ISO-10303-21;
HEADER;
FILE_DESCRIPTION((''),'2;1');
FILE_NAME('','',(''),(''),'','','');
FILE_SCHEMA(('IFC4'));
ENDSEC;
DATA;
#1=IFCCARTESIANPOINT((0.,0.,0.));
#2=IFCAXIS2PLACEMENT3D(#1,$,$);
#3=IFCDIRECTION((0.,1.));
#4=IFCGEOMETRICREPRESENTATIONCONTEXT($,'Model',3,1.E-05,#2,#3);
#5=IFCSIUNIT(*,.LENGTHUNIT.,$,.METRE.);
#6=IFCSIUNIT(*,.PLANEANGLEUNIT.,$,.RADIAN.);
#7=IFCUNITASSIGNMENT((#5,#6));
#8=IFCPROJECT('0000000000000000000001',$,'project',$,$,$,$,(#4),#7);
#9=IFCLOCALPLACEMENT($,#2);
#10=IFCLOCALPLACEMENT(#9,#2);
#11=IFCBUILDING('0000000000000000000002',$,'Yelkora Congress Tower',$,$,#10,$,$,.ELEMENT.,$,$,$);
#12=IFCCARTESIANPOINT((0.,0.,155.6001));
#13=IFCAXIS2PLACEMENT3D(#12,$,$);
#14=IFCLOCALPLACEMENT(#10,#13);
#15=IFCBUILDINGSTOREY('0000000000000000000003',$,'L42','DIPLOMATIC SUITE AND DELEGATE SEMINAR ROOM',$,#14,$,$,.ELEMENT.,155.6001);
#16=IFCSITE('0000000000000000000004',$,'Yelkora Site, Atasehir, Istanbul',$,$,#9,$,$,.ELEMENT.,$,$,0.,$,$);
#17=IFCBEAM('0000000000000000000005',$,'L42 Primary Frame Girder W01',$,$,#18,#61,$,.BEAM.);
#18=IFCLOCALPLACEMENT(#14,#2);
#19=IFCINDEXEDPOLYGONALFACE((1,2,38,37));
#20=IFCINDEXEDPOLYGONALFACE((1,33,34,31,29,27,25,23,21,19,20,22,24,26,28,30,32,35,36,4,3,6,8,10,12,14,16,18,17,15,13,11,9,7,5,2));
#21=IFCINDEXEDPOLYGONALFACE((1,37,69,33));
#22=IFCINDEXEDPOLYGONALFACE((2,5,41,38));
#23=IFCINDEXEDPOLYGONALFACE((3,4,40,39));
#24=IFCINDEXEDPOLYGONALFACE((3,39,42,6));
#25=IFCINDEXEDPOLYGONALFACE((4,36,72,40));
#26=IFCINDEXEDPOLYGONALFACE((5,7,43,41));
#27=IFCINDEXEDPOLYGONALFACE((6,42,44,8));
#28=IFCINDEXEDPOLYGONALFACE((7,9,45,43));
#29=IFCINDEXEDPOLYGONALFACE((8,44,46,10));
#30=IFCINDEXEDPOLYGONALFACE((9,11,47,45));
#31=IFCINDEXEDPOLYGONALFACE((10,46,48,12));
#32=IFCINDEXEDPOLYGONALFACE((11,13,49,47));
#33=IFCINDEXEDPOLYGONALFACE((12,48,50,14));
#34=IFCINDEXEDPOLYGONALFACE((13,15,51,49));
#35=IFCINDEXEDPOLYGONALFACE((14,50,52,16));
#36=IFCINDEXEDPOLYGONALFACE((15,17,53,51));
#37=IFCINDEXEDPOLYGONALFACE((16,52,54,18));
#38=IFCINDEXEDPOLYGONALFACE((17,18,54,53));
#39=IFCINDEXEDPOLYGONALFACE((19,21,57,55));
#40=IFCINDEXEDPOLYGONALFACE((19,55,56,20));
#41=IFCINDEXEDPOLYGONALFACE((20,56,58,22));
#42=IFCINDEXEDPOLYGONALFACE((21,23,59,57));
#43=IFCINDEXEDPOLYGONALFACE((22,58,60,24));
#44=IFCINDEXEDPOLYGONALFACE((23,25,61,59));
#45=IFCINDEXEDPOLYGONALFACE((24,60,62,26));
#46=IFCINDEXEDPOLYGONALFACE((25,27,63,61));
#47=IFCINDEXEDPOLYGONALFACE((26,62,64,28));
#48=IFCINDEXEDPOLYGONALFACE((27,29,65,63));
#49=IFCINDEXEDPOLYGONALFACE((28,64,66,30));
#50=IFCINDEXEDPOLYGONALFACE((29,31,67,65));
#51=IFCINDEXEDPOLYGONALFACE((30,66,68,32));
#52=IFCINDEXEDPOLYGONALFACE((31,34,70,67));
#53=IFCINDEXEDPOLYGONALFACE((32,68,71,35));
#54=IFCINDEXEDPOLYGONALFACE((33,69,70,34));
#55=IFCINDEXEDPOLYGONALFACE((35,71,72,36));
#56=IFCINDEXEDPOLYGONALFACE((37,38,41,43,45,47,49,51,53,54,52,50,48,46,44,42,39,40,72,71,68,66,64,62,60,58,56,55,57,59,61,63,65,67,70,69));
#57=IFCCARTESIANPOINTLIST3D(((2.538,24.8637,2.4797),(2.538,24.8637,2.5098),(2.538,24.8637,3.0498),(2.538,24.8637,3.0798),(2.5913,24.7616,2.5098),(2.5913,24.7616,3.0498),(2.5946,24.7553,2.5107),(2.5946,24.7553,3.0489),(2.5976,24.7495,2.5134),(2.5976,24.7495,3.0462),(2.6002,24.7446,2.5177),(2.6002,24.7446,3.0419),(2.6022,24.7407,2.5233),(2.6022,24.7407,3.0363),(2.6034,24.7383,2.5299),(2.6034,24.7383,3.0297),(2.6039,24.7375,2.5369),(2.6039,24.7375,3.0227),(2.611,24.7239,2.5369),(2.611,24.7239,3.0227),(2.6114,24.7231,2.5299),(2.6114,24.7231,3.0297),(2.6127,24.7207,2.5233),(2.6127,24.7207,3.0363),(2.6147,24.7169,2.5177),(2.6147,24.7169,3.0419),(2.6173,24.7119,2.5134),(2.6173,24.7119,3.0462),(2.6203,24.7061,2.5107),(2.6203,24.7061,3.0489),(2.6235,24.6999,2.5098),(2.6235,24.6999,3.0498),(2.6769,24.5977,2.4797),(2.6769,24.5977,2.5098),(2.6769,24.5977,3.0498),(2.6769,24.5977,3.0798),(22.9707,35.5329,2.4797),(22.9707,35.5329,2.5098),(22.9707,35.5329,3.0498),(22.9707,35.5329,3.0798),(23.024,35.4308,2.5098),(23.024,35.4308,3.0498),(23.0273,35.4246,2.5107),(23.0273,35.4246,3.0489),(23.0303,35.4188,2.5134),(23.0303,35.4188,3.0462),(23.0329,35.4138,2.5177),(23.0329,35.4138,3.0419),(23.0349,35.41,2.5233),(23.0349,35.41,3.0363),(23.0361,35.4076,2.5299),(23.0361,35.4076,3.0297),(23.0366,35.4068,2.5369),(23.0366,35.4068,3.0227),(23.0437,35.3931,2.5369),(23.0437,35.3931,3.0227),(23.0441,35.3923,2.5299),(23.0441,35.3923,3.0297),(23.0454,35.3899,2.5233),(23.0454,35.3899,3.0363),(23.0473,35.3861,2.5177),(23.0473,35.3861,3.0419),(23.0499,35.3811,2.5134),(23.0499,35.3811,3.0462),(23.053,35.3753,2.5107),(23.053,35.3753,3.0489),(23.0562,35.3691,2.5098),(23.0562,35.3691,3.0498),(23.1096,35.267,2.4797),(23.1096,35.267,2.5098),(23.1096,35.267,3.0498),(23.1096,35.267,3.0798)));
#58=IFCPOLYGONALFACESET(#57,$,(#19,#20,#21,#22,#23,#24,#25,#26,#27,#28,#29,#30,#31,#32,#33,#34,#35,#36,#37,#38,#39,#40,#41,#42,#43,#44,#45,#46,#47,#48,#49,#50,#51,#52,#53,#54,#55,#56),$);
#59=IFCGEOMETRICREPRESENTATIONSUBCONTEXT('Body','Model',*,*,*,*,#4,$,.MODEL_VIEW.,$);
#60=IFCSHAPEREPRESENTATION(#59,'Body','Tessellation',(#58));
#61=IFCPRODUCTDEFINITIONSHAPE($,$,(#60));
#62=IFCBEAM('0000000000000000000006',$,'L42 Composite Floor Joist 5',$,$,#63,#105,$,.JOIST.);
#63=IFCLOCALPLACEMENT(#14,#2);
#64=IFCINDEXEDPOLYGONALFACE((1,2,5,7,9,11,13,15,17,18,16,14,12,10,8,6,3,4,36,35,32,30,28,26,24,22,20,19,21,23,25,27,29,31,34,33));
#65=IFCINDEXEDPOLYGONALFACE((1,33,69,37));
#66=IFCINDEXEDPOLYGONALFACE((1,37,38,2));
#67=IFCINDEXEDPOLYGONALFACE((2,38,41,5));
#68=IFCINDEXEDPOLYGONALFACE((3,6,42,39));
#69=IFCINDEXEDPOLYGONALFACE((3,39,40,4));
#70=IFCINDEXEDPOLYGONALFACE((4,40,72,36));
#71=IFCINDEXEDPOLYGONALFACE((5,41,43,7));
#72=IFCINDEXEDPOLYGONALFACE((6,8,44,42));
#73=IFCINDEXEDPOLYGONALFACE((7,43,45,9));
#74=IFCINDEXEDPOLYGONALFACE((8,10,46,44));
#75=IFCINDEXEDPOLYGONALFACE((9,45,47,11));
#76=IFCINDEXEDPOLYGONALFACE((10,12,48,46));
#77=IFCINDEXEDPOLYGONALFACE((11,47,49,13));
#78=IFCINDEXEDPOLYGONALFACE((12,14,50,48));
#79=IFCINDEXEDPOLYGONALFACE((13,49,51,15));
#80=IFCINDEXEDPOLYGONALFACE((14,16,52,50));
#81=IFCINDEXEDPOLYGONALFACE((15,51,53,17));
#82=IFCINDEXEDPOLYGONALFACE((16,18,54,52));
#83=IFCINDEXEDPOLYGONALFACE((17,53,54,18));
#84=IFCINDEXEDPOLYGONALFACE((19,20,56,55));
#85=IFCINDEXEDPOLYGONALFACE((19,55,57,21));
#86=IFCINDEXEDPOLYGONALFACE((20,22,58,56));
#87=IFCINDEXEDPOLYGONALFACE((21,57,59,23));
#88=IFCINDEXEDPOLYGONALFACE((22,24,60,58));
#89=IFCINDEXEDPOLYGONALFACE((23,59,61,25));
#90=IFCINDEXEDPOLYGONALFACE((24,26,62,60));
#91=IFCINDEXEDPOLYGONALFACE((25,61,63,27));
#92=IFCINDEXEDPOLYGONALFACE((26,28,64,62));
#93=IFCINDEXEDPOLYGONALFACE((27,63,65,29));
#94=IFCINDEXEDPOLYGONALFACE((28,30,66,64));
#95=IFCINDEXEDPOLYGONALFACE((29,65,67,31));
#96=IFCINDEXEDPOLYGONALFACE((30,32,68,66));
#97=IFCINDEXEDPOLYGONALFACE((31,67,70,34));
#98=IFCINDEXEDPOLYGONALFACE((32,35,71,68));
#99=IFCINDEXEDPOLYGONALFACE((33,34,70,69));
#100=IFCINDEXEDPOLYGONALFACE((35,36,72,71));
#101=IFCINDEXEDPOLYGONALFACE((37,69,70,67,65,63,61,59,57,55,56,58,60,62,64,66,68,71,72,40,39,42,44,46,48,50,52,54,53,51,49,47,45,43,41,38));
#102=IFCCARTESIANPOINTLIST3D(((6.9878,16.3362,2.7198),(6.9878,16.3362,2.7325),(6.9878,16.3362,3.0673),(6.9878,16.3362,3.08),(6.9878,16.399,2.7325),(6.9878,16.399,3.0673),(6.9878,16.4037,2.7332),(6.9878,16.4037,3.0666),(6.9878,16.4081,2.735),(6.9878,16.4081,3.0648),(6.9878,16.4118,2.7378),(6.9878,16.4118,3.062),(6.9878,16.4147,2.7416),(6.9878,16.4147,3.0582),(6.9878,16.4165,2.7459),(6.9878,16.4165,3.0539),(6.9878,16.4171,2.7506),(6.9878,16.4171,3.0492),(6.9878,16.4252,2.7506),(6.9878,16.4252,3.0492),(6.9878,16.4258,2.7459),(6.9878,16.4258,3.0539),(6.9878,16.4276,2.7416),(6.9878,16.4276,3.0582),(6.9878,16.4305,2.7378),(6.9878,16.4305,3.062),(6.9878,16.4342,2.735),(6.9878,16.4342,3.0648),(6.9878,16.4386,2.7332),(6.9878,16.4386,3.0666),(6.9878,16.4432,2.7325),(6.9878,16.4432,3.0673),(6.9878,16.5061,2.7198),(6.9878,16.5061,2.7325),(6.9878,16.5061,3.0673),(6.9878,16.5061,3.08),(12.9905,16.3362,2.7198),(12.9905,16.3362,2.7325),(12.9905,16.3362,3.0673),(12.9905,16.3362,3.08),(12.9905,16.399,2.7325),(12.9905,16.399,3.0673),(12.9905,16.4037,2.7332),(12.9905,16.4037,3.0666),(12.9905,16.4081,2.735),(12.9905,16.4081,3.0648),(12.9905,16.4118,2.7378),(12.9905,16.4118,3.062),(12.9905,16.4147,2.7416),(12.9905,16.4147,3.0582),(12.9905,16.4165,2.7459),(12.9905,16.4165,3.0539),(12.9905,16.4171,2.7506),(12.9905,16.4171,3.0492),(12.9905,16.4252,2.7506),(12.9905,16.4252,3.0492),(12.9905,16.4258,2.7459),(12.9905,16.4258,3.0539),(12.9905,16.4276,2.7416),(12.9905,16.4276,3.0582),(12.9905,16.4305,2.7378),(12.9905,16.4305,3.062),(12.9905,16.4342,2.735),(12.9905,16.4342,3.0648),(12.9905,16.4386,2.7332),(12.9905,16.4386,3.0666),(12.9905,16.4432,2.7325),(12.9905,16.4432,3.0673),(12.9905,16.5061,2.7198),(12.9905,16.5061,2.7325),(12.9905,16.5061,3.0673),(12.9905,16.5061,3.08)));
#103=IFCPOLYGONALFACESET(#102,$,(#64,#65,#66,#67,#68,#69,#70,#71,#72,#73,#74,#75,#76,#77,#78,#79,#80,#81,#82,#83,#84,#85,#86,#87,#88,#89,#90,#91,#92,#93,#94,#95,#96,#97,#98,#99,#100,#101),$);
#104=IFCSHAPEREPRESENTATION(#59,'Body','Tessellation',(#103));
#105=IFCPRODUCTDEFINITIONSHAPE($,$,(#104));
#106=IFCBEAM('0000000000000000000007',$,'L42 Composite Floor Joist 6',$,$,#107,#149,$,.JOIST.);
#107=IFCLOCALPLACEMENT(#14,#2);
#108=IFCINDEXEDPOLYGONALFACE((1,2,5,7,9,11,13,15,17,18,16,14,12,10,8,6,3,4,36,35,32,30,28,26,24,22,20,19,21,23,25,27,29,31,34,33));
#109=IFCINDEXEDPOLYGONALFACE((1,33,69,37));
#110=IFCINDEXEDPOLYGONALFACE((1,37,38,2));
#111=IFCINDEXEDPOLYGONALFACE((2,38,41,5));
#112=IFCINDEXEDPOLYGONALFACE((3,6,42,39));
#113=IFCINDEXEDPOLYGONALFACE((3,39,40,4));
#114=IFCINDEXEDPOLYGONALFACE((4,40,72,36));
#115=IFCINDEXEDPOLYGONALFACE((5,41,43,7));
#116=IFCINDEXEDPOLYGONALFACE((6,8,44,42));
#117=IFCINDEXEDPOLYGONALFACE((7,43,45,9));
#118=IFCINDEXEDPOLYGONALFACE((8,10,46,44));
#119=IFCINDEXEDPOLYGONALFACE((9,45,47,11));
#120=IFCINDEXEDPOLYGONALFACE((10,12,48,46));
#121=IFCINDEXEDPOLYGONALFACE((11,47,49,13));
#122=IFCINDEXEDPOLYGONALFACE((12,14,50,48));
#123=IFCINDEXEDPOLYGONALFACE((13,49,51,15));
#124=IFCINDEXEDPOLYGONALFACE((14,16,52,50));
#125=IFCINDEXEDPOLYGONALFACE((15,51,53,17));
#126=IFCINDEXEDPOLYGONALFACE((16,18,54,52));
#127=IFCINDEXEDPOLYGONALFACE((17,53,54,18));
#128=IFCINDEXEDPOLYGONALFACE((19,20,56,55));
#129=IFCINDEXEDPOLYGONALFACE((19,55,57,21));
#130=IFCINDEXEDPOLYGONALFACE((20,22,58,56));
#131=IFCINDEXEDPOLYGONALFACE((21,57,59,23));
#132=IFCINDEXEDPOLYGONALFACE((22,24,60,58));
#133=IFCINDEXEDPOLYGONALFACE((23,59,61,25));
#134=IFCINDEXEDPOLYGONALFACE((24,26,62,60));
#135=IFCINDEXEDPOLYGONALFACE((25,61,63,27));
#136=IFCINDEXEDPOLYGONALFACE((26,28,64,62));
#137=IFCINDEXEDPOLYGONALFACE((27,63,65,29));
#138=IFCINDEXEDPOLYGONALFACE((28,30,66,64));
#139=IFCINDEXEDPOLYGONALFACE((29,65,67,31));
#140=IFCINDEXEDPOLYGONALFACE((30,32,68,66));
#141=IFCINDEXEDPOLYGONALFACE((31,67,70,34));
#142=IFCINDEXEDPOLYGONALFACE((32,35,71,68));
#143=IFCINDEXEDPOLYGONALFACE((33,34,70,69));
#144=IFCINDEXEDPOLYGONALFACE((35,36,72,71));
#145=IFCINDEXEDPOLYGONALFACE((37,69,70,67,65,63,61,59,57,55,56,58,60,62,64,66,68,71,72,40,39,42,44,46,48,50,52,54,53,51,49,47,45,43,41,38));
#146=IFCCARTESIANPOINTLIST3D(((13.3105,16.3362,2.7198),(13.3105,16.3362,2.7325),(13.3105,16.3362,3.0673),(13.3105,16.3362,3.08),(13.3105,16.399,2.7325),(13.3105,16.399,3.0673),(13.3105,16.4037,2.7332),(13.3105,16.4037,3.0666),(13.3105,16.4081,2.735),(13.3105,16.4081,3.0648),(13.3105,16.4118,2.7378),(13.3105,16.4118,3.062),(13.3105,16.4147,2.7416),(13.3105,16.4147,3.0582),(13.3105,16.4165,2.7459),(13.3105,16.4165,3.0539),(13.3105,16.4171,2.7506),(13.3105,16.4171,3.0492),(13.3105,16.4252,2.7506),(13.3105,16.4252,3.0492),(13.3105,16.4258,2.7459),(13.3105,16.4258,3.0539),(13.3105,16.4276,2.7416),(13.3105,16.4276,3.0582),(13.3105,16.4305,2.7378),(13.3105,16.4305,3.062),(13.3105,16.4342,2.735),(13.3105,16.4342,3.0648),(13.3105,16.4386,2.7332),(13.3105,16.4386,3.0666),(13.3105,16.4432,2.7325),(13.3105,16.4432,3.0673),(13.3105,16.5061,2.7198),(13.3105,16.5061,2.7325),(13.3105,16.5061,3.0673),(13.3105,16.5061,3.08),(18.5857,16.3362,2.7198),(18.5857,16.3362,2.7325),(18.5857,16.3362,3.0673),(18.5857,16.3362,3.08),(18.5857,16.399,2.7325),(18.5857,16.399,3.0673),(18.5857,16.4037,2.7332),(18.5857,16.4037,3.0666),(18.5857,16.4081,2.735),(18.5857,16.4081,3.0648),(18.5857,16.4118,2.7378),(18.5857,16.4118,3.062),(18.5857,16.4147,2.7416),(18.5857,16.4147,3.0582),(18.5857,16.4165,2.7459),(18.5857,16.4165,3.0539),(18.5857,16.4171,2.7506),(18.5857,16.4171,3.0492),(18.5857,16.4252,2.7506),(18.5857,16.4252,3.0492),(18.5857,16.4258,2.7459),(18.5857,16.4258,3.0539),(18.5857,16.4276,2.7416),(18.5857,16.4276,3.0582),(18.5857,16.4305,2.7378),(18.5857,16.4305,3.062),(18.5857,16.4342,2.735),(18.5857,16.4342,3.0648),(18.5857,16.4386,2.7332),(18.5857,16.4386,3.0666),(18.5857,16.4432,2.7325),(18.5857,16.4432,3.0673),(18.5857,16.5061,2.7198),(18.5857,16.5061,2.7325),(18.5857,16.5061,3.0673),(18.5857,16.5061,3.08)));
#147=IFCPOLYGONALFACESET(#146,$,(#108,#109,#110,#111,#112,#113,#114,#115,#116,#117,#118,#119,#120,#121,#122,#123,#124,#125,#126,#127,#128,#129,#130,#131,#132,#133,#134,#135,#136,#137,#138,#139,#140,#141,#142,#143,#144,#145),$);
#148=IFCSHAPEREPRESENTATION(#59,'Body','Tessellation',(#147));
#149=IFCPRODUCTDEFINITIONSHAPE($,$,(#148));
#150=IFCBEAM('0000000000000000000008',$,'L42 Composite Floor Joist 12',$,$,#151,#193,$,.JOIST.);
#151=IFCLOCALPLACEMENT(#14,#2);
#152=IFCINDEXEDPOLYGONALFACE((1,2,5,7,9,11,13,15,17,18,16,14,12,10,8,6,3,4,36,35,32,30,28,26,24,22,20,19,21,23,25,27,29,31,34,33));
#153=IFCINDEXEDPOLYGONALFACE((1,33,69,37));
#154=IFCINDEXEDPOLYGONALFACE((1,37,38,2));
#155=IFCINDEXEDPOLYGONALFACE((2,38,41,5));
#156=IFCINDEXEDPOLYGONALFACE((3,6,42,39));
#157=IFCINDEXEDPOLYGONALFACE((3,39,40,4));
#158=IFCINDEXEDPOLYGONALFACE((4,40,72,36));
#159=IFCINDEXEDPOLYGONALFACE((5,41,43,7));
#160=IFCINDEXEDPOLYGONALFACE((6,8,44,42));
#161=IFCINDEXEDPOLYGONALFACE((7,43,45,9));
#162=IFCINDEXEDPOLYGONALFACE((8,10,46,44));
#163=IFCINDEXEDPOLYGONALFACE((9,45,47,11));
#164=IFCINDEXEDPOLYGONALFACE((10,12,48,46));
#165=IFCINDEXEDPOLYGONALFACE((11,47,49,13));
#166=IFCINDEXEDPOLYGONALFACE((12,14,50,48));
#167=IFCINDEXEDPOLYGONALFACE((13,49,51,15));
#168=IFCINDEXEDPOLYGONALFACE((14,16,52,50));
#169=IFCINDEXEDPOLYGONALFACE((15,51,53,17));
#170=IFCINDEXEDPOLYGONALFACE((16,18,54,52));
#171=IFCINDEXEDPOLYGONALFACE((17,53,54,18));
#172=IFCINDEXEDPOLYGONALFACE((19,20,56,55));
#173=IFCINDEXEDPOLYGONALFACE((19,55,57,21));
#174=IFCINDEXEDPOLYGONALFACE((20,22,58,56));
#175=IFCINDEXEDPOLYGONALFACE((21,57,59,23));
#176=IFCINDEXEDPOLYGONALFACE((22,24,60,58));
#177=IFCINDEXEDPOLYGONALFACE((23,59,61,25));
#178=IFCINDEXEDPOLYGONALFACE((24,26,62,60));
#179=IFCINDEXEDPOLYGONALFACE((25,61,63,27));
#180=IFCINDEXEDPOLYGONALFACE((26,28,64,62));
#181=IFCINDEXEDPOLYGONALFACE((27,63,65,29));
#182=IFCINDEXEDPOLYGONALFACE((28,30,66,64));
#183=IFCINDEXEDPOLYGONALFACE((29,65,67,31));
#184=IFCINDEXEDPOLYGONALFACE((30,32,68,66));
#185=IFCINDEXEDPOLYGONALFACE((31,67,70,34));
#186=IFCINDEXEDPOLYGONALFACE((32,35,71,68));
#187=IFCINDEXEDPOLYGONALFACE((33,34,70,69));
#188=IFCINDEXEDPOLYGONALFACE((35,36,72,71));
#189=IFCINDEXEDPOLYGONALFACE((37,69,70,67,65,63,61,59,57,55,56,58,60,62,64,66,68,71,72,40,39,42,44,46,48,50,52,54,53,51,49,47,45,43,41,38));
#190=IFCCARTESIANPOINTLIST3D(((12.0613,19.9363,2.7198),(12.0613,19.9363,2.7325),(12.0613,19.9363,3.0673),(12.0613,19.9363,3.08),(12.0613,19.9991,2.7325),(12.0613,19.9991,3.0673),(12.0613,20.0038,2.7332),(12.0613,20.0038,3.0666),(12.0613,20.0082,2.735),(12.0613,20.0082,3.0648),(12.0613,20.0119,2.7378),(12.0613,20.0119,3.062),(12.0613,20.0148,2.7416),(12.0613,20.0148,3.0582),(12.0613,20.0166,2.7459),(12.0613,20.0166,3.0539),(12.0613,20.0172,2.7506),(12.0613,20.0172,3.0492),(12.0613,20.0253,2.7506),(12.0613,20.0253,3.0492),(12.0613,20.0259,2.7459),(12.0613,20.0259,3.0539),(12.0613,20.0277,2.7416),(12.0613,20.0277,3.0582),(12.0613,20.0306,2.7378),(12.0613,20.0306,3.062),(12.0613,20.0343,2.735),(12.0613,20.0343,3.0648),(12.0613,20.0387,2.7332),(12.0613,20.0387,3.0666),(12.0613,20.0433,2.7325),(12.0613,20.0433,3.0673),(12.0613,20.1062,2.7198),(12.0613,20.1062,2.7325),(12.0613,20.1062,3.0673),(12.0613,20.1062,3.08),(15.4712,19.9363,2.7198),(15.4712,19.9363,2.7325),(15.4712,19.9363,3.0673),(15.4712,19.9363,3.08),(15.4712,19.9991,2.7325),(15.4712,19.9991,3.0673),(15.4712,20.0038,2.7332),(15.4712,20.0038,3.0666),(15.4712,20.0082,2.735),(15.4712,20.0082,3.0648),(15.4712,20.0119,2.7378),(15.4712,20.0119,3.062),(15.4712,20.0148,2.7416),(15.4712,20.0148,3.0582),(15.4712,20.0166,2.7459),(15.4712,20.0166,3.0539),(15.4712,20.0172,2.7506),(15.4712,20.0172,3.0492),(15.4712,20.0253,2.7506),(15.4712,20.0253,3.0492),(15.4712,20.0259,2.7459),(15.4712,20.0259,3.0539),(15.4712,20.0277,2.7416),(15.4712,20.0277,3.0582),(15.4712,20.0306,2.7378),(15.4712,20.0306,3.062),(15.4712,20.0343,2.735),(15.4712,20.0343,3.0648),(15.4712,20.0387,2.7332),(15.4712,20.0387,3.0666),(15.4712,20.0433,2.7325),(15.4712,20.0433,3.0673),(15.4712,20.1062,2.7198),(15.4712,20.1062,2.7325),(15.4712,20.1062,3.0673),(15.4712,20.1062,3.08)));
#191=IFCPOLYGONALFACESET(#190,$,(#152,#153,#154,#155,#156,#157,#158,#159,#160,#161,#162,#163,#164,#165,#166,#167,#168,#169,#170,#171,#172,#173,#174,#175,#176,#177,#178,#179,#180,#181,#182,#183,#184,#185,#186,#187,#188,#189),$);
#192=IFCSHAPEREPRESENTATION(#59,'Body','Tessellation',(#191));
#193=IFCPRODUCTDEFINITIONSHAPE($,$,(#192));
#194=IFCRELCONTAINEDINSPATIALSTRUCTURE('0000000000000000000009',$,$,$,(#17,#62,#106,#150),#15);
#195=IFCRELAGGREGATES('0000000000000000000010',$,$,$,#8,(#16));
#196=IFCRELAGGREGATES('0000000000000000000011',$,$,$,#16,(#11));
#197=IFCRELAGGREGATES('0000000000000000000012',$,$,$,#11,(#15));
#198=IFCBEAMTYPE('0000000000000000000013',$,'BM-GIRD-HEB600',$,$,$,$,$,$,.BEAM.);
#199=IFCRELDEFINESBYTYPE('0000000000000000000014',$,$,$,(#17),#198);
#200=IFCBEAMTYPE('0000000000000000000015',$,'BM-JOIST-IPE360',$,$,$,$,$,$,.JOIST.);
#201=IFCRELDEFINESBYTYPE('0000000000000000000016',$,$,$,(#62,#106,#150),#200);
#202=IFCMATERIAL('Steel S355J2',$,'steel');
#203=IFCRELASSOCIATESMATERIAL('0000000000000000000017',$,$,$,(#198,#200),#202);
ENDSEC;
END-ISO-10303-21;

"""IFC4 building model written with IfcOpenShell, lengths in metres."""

from ifc_helpers import new_model, si_unit, direction, frame, origin, origin_2d, place, context, subcontext, project, spatial, i_section, extrude, material, material_profile, profile_set, type_object, element, save


model = new_model("IFC4")

# Units and contexts
model_context = context("Model", 3, precision=1e-05, world=origin(), true_north=direction((0.0, 1.0)))
body_context = subcontext(model_context, "Body", "Model", "MODEL_VIEW")
ifc_project = project(units=[si_unit("LENGTHUNIT", "METRE"), si_unit("PLANEANGLEUNIT", "RADIAN")], contexts=[model_context])

# Site, building, storey
site_placement = place(None, origin())
site = spatial("IfcSite", under=ifc_project, at=site_placement, Name="Yelkora Site, Atasehir, Istanbul", CompositionType="ELEMENT", RefElevation=0.0)
building_placement = place(site_placement, origin())
building = spatial("IfcBuilding", under=site, at=building_placement, Name="Yelkora Congress Tower", CompositionType="ELEMENT")
storey_placement = place(building_placement, frame((0.0, 0.0, 155.6001)))
storey = spatial("IfcBuildingStorey", under=building, at=storey_placement, Name="L42", Description="DIPLOMATIC SUITE AND DELEGATE SEMINAR ROOM", CompositionType="ELEMENT", Elevation=155.6001)

# Beams
ifc_material_1 = material(Name="Steel S355J2", Category="steel")
ifc_material_profile_1 = material_profile(ifc_material_1, i_section(OverallWidth=0.3, OverallDepth=0.6001, WebThickness=0.0154, FlangeThickness=0.03, FilletRadius=0.0271, at=origin_2d()), Name="HEB 600")
ifc_profile_set_1 = profile_set([ifc_material_profile_1], Name="Steel S355J2")
beam_type_1 = type_object("IfcBeamType", Name="BM-GIRD-HEB600", PredefinedType="BEAM", material=ifc_profile_set_1)
beam_1_placement = place(storey_placement, frame((2.6074, 24.7307, 2.7798), z_axis=(0.88643, 0.462862, 0.0), x_axis=(-0.462862, 0.88643, 0.0)))
element("IfcBeam", 1, at=beam_1_placement, inside=storey, type_object=beam_type_1, Name="L42 Primary Frame Girder W01", PredefinedType="BEAM", context=body_context, shape_type="SweptSolid", body=[
    extrude(i_section(OverallWidth=0.3, OverallDepth=0.6001, WebThickness=0.0154, FlangeThickness=0.03, FilletRadius=0.0271, at=origin_2d()), origin(), (0.0, 0.0, 1.0), 23.0505),
])
ifc_material_profile_2 = material_profile(ifc_material_1, i_section(OverallWidth=0.1699, OverallDepth=0.3601, WebThickness=0.0081, FlangeThickness=0.0127, FilletRadius=0.0181, at=origin_2d()), Name="IPE 360")
ifc_profile_set_2 = profile_set([ifc_material_profile_2], Name="Steel S355J2")
beam_type_2 = type_object("IfcBeamType", Name="BM-JOIST-IPE360", PredefinedType="JOIST", material=ifc_profile_set_2)
beam_2_placement = place(storey_placement, frame((6.9878, 16.4211, 2.8999), z_axis=(1.0, 0.0, 0.0), x_axis=(0.0, 1.0, 0.0)))
element("IfcBeam", 2, at=beam_2_placement, inside=storey, type_object=beam_type_2, Name="L42 Composite Floor Joist 5", PredefinedType="JOIST", context=body_context, shape_type="SweptSolid", body=[
    extrude(i_section(OverallWidth=0.1699, OverallDepth=0.3601, WebThickness=0.0081, FlangeThickness=0.0127, FilletRadius=0.0181, at=origin_2d()), origin(), (0.0, 0.0, 1.0), 6.0027),
])
beam_3_placement = place(storey_placement, frame((13.3105, 16.4211, 2.8999), z_axis=(1.0, 0.0, 0.0), x_axis=(0.0, 1.0, 0.0)))
element("IfcBeam", 3, at=beam_3_placement, inside=storey, type_object=beam_type_2, Name="L42 Composite Floor Joist 6", PredefinedType="JOIST", context=body_context, shape_type="SweptSolid", body=[
    extrude(i_section(OverallWidth=0.1699, OverallDepth=0.3601, WebThickness=0.0081, FlangeThickness=0.0127, FilletRadius=0.0181, at=origin_2d()), origin(), (0.0, 0.0, 1.0), 5.2751),
])
beam_4_placement = place(storey_placement, frame((12.0613, 20.0212, 2.8999), z_axis=(1.0, 0.0, 0.0), x_axis=(0.0, 1.0, 0.0)))
element("IfcBeam", 4, at=beam_4_placement, inside=storey, type_object=beam_type_2, Name="L42 Composite Floor Joist 12", PredefinedType="JOIST", context=body_context, shape_type="SweptSolid", body=[
    extrude(i_section(OverallWidth=0.1699, OverallDepth=0.3601, WebThickness=0.0081, FlangeThickness=0.0127, FilletRadius=0.0181, at=origin_2d()), origin(), (0.0, 0.0, 1.0), 3.4099),
])

save(model, "model.ifc")
